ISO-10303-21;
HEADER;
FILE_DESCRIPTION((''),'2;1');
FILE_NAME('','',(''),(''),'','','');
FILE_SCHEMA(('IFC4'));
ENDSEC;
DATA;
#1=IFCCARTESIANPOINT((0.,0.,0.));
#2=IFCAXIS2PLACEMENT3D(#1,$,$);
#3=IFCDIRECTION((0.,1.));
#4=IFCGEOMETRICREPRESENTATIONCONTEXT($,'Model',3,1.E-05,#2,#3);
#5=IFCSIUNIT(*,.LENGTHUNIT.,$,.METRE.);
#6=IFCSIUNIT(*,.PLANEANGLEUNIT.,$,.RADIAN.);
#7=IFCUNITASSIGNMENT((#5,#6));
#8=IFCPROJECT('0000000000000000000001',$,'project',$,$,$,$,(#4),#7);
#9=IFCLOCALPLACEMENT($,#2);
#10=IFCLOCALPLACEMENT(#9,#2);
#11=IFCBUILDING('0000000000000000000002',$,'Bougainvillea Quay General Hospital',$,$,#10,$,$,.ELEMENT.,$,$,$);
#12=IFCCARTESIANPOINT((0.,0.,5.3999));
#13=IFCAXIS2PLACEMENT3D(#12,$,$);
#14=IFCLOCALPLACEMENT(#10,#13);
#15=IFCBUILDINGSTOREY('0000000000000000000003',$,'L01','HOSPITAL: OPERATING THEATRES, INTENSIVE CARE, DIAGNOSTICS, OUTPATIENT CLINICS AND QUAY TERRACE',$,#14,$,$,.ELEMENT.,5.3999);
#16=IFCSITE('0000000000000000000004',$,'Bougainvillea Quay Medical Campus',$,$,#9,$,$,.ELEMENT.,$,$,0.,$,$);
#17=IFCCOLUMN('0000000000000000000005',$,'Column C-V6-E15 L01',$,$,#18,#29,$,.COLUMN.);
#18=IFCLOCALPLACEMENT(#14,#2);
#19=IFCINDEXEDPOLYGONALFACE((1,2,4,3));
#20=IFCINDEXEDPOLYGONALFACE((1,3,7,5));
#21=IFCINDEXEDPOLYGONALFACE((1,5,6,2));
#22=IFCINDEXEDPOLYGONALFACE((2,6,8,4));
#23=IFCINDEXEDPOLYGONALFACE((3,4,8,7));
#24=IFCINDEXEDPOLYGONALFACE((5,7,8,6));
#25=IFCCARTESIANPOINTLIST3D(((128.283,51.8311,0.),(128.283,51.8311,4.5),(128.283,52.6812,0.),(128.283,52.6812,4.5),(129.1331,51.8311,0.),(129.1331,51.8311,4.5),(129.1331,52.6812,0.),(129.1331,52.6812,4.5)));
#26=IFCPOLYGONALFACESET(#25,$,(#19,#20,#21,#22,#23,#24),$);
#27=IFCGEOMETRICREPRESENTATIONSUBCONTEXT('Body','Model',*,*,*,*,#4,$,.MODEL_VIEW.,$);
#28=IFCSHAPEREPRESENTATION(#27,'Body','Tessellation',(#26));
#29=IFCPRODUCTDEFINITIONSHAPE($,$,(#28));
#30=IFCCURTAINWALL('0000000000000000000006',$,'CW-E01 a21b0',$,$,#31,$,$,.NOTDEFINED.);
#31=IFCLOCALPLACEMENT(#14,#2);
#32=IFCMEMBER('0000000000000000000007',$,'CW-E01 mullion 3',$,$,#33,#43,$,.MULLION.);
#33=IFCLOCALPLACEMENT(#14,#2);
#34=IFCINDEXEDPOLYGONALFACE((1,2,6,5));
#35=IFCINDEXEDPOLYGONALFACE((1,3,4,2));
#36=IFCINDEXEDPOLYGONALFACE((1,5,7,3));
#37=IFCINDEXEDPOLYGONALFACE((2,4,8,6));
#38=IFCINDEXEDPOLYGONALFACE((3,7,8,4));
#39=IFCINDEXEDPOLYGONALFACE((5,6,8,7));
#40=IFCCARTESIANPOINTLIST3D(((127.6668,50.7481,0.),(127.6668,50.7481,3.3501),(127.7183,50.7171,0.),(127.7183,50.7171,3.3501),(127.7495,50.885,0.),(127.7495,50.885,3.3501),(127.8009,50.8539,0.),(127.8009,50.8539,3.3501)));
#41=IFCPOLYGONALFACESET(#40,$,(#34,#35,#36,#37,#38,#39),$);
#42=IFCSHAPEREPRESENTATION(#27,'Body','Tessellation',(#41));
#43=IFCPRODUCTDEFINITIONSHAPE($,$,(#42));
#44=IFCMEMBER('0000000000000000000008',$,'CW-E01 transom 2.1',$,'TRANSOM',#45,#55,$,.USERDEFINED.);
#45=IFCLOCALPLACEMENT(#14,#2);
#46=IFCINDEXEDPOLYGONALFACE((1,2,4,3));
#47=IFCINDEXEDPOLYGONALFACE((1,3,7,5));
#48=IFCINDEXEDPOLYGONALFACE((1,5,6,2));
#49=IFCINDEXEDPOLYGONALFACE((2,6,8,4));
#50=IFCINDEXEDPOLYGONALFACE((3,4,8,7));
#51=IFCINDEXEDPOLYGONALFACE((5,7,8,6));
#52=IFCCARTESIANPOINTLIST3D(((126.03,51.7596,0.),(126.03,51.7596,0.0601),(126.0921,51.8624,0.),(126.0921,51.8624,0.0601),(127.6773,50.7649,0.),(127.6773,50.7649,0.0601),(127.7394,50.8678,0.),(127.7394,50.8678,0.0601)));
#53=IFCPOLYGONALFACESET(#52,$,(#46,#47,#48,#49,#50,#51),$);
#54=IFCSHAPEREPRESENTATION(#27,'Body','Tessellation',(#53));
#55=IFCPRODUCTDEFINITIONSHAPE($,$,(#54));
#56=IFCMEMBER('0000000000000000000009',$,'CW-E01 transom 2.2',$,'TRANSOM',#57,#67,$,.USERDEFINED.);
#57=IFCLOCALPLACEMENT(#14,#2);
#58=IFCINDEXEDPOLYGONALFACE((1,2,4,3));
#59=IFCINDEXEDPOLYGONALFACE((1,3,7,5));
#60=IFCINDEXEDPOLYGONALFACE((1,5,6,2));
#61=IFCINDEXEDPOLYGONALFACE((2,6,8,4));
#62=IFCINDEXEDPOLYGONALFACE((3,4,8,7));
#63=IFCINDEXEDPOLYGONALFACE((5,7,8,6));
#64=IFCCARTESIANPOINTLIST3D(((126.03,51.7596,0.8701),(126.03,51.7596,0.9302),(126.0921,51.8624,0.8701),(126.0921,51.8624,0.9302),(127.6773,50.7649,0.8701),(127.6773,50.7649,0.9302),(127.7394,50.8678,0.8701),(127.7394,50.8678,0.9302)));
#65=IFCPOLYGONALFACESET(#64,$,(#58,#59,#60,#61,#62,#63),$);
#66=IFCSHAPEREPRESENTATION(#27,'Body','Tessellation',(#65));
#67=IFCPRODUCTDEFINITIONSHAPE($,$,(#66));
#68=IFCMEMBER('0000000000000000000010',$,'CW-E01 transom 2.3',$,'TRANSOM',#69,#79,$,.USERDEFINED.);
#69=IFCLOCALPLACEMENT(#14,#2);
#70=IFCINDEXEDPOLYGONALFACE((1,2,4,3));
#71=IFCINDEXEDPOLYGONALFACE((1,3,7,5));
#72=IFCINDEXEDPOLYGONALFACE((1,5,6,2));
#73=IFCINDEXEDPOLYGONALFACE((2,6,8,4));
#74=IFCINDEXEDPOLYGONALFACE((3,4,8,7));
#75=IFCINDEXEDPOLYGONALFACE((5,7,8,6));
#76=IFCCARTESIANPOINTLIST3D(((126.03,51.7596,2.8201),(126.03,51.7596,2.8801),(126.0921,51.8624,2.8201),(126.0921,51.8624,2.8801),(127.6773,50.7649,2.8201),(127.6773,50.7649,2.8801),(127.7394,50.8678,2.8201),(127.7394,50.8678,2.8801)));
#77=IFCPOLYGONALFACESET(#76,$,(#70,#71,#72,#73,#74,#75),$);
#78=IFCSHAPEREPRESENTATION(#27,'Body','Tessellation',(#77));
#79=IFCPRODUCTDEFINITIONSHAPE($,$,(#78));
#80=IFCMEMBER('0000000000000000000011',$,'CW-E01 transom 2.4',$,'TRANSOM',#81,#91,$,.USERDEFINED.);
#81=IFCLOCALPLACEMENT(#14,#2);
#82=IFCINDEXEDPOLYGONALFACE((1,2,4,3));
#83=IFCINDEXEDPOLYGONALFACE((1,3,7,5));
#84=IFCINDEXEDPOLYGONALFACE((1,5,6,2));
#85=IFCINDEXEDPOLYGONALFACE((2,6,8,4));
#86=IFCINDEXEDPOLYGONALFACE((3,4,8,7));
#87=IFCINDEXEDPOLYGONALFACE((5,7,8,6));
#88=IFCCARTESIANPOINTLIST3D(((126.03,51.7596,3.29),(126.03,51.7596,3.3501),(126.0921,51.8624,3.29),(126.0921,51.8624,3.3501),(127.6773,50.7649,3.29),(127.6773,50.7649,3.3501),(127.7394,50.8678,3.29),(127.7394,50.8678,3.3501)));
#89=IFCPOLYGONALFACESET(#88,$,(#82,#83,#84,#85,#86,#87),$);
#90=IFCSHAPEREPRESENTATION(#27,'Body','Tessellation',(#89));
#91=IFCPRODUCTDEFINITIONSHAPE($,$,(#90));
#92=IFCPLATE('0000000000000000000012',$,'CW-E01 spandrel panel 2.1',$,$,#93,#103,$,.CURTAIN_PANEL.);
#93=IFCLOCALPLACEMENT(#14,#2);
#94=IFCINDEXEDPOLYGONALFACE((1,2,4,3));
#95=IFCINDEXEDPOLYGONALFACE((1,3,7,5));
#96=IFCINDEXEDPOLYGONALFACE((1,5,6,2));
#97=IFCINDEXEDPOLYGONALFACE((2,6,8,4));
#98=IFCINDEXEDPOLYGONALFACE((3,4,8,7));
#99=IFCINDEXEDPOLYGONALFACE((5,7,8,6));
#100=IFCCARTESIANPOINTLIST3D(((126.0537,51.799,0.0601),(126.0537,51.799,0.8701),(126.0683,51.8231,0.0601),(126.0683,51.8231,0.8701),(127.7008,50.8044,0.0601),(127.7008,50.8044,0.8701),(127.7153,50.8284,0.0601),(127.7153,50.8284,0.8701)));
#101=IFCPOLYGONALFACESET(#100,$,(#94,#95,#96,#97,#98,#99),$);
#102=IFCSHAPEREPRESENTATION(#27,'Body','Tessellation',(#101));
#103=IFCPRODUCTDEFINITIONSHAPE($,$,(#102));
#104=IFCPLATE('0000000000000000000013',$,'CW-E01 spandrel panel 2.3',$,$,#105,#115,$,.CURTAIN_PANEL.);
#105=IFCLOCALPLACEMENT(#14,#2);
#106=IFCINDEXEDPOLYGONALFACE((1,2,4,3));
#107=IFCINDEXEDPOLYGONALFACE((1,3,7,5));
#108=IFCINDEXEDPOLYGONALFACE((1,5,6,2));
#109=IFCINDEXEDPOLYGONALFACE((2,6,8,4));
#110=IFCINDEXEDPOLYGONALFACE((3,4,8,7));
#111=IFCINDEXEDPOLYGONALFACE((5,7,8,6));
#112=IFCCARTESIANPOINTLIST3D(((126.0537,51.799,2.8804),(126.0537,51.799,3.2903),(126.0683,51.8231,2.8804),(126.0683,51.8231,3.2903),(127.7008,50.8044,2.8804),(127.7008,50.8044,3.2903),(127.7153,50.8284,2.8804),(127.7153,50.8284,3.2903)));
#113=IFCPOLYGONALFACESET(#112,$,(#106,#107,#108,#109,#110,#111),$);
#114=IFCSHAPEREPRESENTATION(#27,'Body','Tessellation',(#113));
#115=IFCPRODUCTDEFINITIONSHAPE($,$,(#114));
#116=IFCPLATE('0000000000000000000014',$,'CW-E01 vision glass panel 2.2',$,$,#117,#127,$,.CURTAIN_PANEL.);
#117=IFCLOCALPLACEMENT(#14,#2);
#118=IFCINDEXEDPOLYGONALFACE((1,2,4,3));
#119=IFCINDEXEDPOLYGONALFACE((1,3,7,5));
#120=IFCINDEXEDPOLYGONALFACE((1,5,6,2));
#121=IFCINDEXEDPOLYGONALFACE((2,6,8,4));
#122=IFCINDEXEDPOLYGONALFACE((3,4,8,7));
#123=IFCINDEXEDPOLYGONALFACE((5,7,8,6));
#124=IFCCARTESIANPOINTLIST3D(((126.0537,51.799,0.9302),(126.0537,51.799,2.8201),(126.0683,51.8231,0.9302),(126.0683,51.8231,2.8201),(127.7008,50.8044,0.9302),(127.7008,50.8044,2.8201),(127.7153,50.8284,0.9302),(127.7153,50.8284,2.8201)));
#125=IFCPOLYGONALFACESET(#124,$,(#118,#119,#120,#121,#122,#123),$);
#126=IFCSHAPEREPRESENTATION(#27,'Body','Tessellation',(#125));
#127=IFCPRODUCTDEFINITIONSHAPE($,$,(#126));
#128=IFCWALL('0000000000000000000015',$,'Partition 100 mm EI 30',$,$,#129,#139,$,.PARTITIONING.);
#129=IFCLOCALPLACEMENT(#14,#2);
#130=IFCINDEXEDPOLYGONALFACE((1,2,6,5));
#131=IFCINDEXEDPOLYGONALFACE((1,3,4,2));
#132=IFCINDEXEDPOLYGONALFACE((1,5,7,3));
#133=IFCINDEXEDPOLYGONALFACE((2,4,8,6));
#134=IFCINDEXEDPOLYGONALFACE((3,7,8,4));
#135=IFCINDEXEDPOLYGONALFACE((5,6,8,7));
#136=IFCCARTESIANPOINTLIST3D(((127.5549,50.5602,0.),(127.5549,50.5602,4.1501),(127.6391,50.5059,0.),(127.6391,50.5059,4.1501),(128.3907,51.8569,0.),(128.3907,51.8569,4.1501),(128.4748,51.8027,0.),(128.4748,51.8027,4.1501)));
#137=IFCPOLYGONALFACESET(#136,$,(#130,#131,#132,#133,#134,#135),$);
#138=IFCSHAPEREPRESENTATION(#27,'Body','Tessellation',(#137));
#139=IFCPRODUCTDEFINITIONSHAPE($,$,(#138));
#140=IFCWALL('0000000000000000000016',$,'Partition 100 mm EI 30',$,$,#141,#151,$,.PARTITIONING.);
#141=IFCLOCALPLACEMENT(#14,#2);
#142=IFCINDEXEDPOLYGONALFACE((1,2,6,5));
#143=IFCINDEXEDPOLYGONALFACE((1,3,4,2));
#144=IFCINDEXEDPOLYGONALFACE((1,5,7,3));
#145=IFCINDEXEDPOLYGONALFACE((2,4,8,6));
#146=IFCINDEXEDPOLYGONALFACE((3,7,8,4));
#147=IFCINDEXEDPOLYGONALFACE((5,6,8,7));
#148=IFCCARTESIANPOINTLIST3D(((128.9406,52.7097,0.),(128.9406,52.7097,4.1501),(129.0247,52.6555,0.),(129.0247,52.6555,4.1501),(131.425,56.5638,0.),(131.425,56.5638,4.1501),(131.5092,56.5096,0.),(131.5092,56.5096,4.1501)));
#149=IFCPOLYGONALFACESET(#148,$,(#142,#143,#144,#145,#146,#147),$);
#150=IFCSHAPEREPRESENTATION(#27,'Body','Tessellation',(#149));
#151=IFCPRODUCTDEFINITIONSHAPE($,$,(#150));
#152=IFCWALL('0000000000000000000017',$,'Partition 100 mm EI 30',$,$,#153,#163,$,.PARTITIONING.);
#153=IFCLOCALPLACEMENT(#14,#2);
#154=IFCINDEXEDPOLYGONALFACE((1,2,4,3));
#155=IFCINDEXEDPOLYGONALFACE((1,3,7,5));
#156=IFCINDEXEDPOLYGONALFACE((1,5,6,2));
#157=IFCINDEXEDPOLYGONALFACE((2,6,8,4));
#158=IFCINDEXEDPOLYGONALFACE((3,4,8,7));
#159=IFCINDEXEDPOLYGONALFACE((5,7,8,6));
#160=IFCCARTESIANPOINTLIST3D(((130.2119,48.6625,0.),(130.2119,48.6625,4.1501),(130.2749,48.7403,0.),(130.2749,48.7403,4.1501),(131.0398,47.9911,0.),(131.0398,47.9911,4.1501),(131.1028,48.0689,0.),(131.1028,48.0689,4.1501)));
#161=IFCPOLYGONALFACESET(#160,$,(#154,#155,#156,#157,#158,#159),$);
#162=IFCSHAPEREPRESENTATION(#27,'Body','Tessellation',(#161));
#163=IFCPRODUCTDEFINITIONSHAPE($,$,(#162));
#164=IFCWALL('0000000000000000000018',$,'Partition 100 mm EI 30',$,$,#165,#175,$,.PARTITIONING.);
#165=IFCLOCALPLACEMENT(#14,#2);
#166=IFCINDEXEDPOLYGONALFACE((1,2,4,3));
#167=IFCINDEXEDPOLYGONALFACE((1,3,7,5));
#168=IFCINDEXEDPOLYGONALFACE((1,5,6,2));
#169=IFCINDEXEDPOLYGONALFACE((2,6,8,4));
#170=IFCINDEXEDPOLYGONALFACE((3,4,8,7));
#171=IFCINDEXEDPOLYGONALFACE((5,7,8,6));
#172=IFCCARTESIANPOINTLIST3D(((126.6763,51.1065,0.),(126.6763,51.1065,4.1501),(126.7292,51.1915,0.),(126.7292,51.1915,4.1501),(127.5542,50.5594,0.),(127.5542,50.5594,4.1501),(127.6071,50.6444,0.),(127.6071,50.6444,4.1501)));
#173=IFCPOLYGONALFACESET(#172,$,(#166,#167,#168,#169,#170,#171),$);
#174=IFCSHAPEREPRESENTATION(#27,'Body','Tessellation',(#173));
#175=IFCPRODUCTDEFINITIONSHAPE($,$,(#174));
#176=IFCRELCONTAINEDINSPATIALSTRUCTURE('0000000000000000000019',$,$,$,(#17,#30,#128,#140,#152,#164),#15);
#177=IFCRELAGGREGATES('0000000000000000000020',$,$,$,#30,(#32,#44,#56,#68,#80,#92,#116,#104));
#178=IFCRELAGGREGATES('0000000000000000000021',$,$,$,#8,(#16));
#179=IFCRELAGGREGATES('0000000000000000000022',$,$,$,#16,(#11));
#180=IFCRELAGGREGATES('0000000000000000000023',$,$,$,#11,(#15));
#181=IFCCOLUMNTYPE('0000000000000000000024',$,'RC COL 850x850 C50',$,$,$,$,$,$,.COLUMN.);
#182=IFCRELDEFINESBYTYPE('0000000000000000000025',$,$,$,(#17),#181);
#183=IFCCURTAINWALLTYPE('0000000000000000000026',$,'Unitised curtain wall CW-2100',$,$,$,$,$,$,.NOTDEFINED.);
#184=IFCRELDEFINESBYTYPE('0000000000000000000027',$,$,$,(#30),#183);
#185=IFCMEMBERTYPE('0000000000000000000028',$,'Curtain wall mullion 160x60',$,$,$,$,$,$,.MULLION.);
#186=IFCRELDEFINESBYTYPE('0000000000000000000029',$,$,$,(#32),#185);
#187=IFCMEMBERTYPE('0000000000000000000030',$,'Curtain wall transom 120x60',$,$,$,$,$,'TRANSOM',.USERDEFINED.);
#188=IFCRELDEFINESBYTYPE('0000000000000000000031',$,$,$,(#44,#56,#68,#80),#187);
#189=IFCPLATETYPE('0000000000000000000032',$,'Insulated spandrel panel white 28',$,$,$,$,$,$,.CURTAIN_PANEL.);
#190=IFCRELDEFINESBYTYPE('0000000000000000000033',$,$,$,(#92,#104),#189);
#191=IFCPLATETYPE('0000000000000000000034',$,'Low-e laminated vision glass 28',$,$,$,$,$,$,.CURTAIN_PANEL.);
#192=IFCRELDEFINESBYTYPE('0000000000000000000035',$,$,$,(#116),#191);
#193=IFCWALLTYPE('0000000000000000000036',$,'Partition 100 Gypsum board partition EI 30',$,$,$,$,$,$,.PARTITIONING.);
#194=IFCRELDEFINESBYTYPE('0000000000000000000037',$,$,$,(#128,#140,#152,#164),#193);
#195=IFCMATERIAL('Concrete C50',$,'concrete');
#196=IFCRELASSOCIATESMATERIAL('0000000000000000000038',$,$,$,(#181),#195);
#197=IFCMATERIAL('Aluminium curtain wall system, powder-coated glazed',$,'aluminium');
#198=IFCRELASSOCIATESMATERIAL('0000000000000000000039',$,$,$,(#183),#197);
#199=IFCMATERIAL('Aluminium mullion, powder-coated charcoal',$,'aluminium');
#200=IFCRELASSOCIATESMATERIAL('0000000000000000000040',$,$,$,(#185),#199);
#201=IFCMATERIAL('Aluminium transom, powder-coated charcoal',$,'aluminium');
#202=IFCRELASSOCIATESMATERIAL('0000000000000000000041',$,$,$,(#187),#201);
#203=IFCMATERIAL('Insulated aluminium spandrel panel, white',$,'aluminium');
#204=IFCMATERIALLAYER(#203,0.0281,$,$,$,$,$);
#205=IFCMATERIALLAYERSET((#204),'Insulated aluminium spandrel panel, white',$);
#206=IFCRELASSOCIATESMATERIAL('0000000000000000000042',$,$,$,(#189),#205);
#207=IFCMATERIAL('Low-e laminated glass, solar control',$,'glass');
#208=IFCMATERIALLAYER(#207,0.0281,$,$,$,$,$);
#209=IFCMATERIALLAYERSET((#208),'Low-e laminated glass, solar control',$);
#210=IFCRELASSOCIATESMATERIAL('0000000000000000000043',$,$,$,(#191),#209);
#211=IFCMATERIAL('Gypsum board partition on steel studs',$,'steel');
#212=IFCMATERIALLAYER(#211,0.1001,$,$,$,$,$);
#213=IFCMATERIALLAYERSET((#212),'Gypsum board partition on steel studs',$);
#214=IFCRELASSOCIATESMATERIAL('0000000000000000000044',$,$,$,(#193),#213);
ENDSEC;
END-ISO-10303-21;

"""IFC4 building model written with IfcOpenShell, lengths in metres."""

from ifc_helpers import new_model, si_unit, direction, frame, frame_2d, origin, origin_2d, place, context, subcontext, project, spatial, rectangle, extrude, material, layer, layer_set, material_profile, profile_set, type_object, element, aggregate, save


model = new_model("IFC4")

# Units and contexts
model_context = context("Model", 3, precision=1e-05, world=origin(), true_north=direction((0.0, 1.0)))
body_context = subcontext(model_context, "Body", "Model", "MODEL_VIEW")
ifc_project = project(units=[si_unit("LENGTHUNIT", "METRE"), si_unit("PLANEANGLEUNIT", "RADIAN")], contexts=[model_context])

# Site, building, storey
site_placement = place(None, origin())
site = spatial("IfcSite", under=ifc_project, at=site_placement, Name="Bougainvillea Quay Medical Campus", CompositionType="ELEMENT", RefElevation=0.0)
building_placement = place(site_placement, origin())
building = spatial("IfcBuilding", under=site, at=building_placement, Name="Bougainvillea Quay General Hospital", CompositionType="ELEMENT")
storey_placement = place(building_placement, frame((0.0, 0.0, 5.3999)))
storey = spatial("IfcBuildingStorey", under=building, at=storey_placement, Name="L01", Description="HOSPITAL: OPERATING THEATRES, INTENSIVE CARE, DIAGNOSTICS, OUTPATIENT CLINICS AND QUAY TERRACE", CompositionType="ELEMENT", Elevation=5.3999)

# Column
ifc_material_1 = material(Name="Concrete C50", Category="concrete")
ifc_material_profile_1 = material_profile(ifc_material_1, rectangle(XDim=0.8501, YDim=0.8501, at=origin_2d()))
ifc_profile_set_1 = profile_set([ifc_material_profile_1], Name="Concrete C50")
column_type = type_object("IfcColumnType", Name="RC COL 850x850 C50", PredefinedType="COLUMN", material=ifc_profile_set_1)
column_placement = place(storey_placement, frame((128.708, 52.2561, 0.0), z_axis=(0.0, 0.0, 1.0), x_axis=(1.0, 0.0, 0.0)))
element("IfcColumn", 1, at=column_placement, inside=storey, type_object=column_type, Name="Column C-V6-E15 L01", PredefinedType="COLUMN", context=body_context, shape_type="SweptSolid", body=[
    extrude(rectangle(XDim=0.8501, YDim=0.8501, at=origin_2d()), origin(), (0.0, 0.0, 1.0), 4.5),
])

# Curtain wall, members, plates
ifc_material_2 = material(Name="Aluminium curtain wall system, powder-coated glazed", Category="aluminium")
curtain_wall_type = type_object("IfcCurtainWallType", Name="Unitised curtain wall CW-2100", PredefinedType="NOTDEFINED", material=ifc_material_2)
curtain_wall_placement = place(storey_placement, origin())
curtain_wall = element("IfcCurtainWall", 2, at=curtain_wall_placement, inside=storey, type_object=curtain_wall_type, Name="CW-E01 a21b0", PredefinedType="NOTDEFINED")
ifc_material_3 = material(Name="Aluminium mullion, powder-coated charcoal", Category="aluminium")
ifc_material_profile_2 = material_profile(ifc_material_3, rectangle(XDim=0.1599, YDim=0.0601, at=origin_2d()))
ifc_profile_set_2 = profile_set([ifc_material_profile_2], Name="Aluminium mullion, powder-coated charcoal")
member_type_1 = type_object("IfcMemberType", Name="Curtain wall mullion 160x60", PredefinedType="MULLION", material=ifc_profile_set_2)
member_1_placement = place(storey_placement, frame((127.7339, 50.801, 0.0), z_axis=(0.0, 0.0, 1.0), x_axis=(0.516938, 0.856023, 0.0)))
member_1 = element("IfcMember", 3, at=member_1_placement, type_object=member_type_1, Name="CW-E01 mullion 3", PredefinedType="MULLION", context=body_context, shape_type="SweptSolid", body=[
    extrude(rectangle(XDim=0.1599, YDim=0.0601, at=origin_2d()), origin(), (0.0, 0.0, 1.0), 3.3501),
])
ifc_material_4 = material(Name="Aluminium transom, powder-coated charcoal", Category="aluminium")
ifc_material_profile_3 = material_profile(ifc_material_4, rectangle(XDim=0.1201, YDim=0.0601, at=origin_2d()))
ifc_profile_set_3 = profile_set([ifc_material_profile_3], Name="Aluminium transom, powder-coated charcoal")
member_type_2 = type_object("IfcMemberType", Name="Curtain wall transom 120x60", ElementType="TRANSOM", PredefinedType="USERDEFINED", material=ifc_profile_set_3)
member_2_placement = place(storey_placement, frame((126.061, 51.811, 0.03), z_axis=(0.856045, -0.516901, 0.0), x_axis=(0.516901, 0.856045, 0.0)))
member_2 = element("IfcMember", 4, at=member_2_placement, type_object=member_type_2, Name="CW-E01 transom 2.1", ObjectType="TRANSOM", PredefinedType="USERDEFINED", context=body_context, shape_type="SweptSolid", body=[
    extrude(rectangle(XDim=0.1201, YDim=0.0601, at=origin_2d()), origin(), (0.0, 0.0, 1.0), 1.9243),
])
member_3_placement = place(storey_placement, frame((126.061, 51.811, 0.9001), z_axis=(0.856045, -0.516901, 0.0), x_axis=(0.516901, 0.856045, 0.0)))
member_3 = element("IfcMember", 5, at=member_3_placement, type_object=member_type_2, Name="CW-E01 transom 2.2", ObjectType="TRANSOM", PredefinedType="USERDEFINED", context=body_context, shape_type="SweptSolid", body=[
    extrude(rectangle(XDim=0.1201, YDim=0.0601, at=origin_2d()), origin(), (0.0, 0.0, 1.0), 1.9243),
])
member_4_placement = place(storey_placement, frame((126.061, 51.811, 2.8501), z_axis=(0.856045, -0.516901, 0.0), x_axis=(0.516901, 0.856045, 0.0)))
member_4 = element("IfcMember", 6, at=member_4_placement, type_object=member_type_2, Name="CW-E01 transom 2.3", ObjectType="TRANSOM", PredefinedType="USERDEFINED", context=body_context, shape_type="SweptSolid", body=[
    extrude(rectangle(XDim=0.1201, YDim=0.0601, at=origin_2d()), origin(), (0.0, 0.0, 1.0), 1.9243),
])
member_5_placement = place(storey_placement, frame((126.061, 51.811, 3.3201), z_axis=(0.856045, -0.516901, 0.0), x_axis=(0.516901, 0.856045, 0.0)))
member_5 = element("IfcMember", 7, at=member_5_placement, type_object=member_type_2, Name="CW-E01 transom 2.4", ObjectType="TRANSOM", PredefinedType="USERDEFINED", context=body_context, shape_type="SweptSolid", body=[
    extrude(rectangle(XDim=0.1201, YDim=0.0601, at=origin_2d()), origin(), (0.0, 0.0, 1.0), 1.9243),
])
ifc_material_5 = material(Name="Insulated aluminium spandrel panel, white", Category="aluminium")
ifc_layer_1 = layer(ifc_material_5, 0.0281)
ifc_layer_set_1 = layer_set([ifc_layer_1], Name="Insulated aluminium spandrel panel, white")
plate_type_1 = type_object("IfcPlateType", Name="Insulated spandrel panel white 28", PredefinedType="CURTAIN_PANEL", material=ifc_layer_set_1)
plate_1_placement = place(storey_placement, frame((126.8845, 51.3137, 0.0601), z_axis=(0.0, 0.0, 1.0), x_axis=(0.856023, -0.516938, 0.0)))
plate_1 = element("IfcPlate", 8, at=plate_1_placement, type_object=plate_type_1, Name="CW-E01 spandrel panel 2.1", PredefinedType="CURTAIN_PANEL", context=body_context, shape_type="SweptSolid", body=[
    extrude(rectangle(XDim=1.9241, YDim=0.0281, at=origin_2d()), origin(), (0.0, 0.0, 1.0), 0.8101),
])
plate_2_placement = place(storey_placement, frame((126.8845, 51.3137, 2.8804), z_axis=(0.0, 0.0, 1.0), x_axis=(0.856023, -0.516938, 0.0)))
plate_2 = element("IfcPlate", 9, at=plate_2_placement, type_object=plate_type_1, Name="CW-E01 spandrel panel 2.3", PredefinedType="CURTAIN_PANEL", context=body_context, shape_type="SweptSolid", body=[
    extrude(rectangle(XDim=1.9241, YDim=0.0281, at=origin_2d()), origin(), (0.0, 0.0, 1.0), 0.4099),
])
ifc_material_6 = material(Name="Low-e laminated glass, solar control", Category="glass")
ifc_layer_2 = layer(ifc_material_6, 0.0281)
ifc_layer_set_2 = layer_set([ifc_layer_2], Name="Low-e laminated glass, solar control")
plate_type_2 = type_object("IfcPlateType", Name="Low-e laminated vision glass 28", PredefinedType="CURTAIN_PANEL", material=ifc_layer_set_2)
plate_3_placement = place(storey_placement, frame((126.8845, 51.3137, 0.9302), z_axis=(0.0, 0.0, 1.0), x_axis=(0.856023, -0.516938, 0.0)))
plate_3 = element("IfcPlate", 10, at=plate_3_placement, type_object=plate_type_2, Name="CW-E01 vision glass panel 2.2", PredefinedType="CURTAIN_PANEL", context=body_context, shape_type="SweptSolid", body=[
    extrude(rectangle(XDim=1.9241, YDim=0.0281, at=origin_2d()), origin(), (0.0, 0.0, 1.0), 1.8899),
])
aggregate(curtain_wall, [member_1, member_2, member_3, member_4, member_5, plate_1, plate_3, plate_2])

# Walls
ifc_material_7 = material(Name="Gypsum board partition on steel studs", Category="steel")
ifc_layer_3 = layer(ifc_material_7, 0.1001)
ifc_layer_set_3 = layer_set([ifc_layer_3], Name="Gypsum board partition on steel studs")
wall_type_1 = type_object("IfcWallType", Name="Partition 100 Gypsum board partition EI 30", PredefinedType="PARTITIONING", material=ifc_layer_set_3)
wall_1_placement = place(storey_placement, frame((127.5969, 50.533, 0.0), z_axis=(0.0, 0.0, 1.0), x_axis=(0.541741, 0.840545, 0.0)))
element("IfcWall", 11, at=wall_1_placement, inside=storey, type_object=wall_type_1, Name="Partition 100 mm EI 30", PredefinedType="PARTITIONING", context=body_context, shape_type="SweptSolid", body=[
    extrude(rectangle(XDim=1.5427, YDim=0.1001, at=frame_2d((0.7715, 0.0))), origin(), (0.0, 0.0, 1.0), 4.1501),
])
wall_2_placement = place(storey_placement, frame((128.9827, 52.6826, 0.0), z_axis=(0.0, 0.0, 1.0), x_axis=(0.541807, 0.840503, 0.0)))
element("IfcWall", 12, at=wall_2_placement, inside=storey, type_object=wall_type_1, Name="Partition 100 mm EI 30", PredefinedType="PARTITIONING", context=body_context, shape_type="SweptSolid", body=[
    extrude(rectangle(XDim=4.5854, YDim=0.1001, at=frame_2d((2.2927, 0.0))), origin(), (0.0, 0.0, 1.0), 4.1501),
])
wall_3_placement = place(storey_placement, frame((130.2434, 48.7014, 0.0), z_axis=(0.0, 0.0, 1.0), x_axis=(0.776695, -0.629877, 0.0)))
element("IfcWall", 13, at=wall_3_placement, inside=storey, type_object=wall_type_1, Name="Partition 100 mm EI 30", PredefinedType="PARTITIONING", context=body_context, shape_type="SweptSolid", body=[
    extrude(rectangle(XDim=1.0659, YDim=0.1001, at=frame_2d((0.533, 0.0))), origin(), (0.0, 0.0, 1.0), 4.1501),
])
wall_4_placement = place(storey_placement, frame((126.7029, 51.1489, 0.0), z_axis=(0.0, 0.0, 1.0), x_axis=(0.848687, -0.528895, 0.0)))
element("IfcWall", 14, at=wall_4_placement, inside=storey, type_object=wall_type_1, Name="Partition 100 mm EI 30", PredefinedType="PARTITIONING", context=body_context, shape_type="SweptSolid", body=[
    extrude(rectangle(XDim=1.0344, YDim=0.1001, at=frame_2d((0.5171, 0.0))), origin(), (0.0, 0.0, 1.0), 4.1501),
])

save(model, "model.ifc")
